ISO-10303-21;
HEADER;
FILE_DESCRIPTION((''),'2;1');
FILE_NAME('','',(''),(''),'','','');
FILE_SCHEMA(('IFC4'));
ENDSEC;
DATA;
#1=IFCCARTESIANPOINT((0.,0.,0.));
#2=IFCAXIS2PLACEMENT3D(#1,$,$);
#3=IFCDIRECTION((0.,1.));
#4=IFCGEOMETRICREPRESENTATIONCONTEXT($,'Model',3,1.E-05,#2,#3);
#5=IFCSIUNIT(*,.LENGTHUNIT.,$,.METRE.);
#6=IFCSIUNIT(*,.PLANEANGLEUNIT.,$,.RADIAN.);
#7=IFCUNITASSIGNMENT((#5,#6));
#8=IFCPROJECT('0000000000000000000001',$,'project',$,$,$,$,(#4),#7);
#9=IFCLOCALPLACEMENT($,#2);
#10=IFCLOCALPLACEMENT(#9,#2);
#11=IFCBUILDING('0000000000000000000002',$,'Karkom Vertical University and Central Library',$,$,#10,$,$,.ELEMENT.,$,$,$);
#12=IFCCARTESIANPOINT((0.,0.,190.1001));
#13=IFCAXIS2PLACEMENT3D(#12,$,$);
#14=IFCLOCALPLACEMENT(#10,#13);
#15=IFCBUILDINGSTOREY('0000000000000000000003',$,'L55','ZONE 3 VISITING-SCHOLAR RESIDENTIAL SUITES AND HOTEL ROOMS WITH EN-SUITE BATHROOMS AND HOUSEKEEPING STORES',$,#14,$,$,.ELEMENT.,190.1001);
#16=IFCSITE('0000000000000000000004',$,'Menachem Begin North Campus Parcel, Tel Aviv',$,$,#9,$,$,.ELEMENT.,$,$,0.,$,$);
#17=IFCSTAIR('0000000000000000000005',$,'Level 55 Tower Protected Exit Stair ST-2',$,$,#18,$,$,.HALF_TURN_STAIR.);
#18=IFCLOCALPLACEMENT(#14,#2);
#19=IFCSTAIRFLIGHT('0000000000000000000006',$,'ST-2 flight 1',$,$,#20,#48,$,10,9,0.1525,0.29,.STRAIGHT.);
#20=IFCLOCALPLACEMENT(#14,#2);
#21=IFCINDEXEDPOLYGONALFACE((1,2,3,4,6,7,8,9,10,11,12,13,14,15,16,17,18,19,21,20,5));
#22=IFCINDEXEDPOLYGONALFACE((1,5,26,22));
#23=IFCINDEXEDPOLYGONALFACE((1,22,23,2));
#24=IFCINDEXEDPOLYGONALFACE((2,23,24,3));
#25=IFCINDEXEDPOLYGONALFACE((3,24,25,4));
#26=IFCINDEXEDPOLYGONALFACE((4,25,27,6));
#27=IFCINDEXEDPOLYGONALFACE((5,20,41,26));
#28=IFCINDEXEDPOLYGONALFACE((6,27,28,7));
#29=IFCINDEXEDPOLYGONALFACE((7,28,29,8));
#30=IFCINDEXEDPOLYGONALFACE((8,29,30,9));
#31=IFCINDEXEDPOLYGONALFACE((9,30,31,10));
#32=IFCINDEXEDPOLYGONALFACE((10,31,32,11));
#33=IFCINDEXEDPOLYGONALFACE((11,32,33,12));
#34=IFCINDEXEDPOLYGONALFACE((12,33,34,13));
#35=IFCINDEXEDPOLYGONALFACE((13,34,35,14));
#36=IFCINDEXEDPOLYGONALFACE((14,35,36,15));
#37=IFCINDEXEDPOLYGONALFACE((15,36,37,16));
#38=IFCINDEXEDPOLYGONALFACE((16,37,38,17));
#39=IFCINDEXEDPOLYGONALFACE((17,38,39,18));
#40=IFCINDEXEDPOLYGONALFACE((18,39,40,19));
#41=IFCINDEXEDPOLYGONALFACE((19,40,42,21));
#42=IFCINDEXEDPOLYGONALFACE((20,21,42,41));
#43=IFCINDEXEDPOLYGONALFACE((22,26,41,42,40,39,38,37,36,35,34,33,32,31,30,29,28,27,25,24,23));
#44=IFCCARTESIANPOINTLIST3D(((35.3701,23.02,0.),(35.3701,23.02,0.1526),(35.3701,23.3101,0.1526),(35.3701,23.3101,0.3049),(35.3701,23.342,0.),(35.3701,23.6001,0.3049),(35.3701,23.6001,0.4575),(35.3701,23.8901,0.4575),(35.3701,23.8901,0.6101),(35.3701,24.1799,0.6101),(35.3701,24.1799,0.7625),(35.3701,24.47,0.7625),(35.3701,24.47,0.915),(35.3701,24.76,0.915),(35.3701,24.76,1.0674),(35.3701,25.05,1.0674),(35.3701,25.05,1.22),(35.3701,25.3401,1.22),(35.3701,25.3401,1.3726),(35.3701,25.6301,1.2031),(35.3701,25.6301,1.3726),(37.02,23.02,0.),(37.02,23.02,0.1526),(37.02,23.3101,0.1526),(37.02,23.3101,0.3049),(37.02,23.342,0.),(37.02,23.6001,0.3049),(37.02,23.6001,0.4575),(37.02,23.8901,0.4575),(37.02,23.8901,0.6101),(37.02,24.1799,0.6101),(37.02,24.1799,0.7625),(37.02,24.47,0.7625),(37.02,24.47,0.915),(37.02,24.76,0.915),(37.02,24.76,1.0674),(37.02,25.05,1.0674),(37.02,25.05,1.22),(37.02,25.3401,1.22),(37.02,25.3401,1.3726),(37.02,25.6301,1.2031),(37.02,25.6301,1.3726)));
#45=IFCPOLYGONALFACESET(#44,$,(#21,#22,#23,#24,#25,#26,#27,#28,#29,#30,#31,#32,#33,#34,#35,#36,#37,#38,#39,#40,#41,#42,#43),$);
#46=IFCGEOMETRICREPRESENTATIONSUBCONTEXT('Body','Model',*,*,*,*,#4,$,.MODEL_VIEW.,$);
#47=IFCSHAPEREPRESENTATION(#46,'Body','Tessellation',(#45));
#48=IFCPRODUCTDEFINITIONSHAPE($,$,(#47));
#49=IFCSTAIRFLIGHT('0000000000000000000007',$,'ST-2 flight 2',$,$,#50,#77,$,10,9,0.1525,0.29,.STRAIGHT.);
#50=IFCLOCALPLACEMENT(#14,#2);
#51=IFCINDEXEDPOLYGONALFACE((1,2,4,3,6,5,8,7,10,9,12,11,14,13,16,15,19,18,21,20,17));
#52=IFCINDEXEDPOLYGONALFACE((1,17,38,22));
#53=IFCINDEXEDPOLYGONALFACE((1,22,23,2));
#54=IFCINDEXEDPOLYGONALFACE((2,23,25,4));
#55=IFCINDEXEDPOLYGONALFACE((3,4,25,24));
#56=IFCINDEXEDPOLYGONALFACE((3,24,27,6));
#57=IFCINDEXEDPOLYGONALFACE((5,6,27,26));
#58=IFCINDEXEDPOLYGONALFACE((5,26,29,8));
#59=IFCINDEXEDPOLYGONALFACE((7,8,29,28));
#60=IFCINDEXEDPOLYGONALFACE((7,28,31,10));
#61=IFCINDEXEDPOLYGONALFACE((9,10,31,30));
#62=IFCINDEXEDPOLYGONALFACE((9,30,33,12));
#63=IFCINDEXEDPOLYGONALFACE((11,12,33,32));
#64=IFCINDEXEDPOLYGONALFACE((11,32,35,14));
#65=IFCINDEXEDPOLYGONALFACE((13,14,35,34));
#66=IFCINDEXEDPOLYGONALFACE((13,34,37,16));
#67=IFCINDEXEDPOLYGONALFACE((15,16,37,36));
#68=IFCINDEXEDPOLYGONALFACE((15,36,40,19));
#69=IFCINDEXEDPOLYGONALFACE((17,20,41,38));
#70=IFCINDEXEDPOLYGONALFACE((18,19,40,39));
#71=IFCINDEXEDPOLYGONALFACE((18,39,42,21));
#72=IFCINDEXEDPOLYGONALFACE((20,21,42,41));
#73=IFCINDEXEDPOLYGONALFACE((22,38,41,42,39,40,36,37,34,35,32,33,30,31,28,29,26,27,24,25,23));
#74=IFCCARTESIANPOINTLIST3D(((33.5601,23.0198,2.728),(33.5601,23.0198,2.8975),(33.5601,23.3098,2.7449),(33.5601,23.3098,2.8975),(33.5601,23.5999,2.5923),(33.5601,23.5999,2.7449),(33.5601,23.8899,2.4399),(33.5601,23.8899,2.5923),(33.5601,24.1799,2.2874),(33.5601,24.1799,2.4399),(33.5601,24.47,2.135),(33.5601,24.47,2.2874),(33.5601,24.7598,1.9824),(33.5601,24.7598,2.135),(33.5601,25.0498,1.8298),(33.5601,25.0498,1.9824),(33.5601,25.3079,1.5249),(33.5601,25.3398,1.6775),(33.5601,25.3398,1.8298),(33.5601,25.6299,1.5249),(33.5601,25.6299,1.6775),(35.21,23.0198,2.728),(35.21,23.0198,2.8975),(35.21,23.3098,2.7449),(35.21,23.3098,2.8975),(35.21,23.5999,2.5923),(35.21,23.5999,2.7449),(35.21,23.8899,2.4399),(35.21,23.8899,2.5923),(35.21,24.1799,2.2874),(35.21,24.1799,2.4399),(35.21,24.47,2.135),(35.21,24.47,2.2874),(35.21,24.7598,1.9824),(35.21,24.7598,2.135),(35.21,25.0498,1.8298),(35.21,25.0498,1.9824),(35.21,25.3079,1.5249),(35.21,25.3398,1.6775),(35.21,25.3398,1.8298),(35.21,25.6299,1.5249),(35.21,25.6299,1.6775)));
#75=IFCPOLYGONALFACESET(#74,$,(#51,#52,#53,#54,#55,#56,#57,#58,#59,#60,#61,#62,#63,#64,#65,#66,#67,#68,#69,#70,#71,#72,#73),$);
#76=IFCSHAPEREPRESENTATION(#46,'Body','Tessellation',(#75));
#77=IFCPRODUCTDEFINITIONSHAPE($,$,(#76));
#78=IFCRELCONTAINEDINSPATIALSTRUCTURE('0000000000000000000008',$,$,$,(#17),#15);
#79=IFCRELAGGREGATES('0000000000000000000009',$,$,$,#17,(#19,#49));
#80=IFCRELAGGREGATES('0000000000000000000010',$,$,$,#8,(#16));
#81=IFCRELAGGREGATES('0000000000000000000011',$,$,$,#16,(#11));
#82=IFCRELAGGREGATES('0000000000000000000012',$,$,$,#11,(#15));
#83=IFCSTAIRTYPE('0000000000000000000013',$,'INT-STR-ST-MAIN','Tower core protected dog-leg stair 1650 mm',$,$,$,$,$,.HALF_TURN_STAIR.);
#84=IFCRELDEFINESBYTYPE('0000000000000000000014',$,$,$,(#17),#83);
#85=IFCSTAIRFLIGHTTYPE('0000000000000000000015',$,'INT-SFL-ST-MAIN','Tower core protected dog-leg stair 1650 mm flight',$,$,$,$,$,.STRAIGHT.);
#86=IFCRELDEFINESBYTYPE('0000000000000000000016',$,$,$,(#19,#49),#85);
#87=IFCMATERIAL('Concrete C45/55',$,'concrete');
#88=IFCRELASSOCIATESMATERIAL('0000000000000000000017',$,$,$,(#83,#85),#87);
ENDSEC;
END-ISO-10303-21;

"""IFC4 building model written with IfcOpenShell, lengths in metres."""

from ifc_helpers import new_model, si_unit, direction, frame, origin, place, context, subcontext, project, spatial, polyline, outline, extrude, material, type_object, element, aggregate, save


model = new_model("IFC4")

# Units and contexts
model_context = context("Model", 3, precision=1e-05, world=origin(), true_north=direction((0.0, 1.0)))
body_context = subcontext(model_context, "Body", "Model", "MODEL_VIEW")
ifc_project = project(units=[si_unit("LENGTHUNIT", "METRE"), si_unit("PLANEANGLEUNIT", "RADIAN")], contexts=[model_context])

# Site, building, storey
site_placement = place(None, origin())
site = spatial("IfcSite", under=ifc_project, at=site_placement, Name="Menachem Begin North Campus Parcel, Tel Aviv", CompositionType="ELEMENT", RefElevation=0.0)
building_placement = place(site_placement, origin())
building = spatial("IfcBuilding", under=site, at=building_placement, Name="Karkom Vertical University and Central Library", CompositionType="ELEMENT")
storey_placement = place(building_placement, frame((0.0, 0.0, 190.1001)))
storey = spatial("IfcBuildingStorey", under=building, at=storey_placement, Name="L55", Description="ZONE 3 VISITING-SCHOLAR RESIDENTIAL SUITES AND HOTEL ROOMS WITH EN-SUITE BATHROOMS AND HOUSEKEEPING STORES", CompositionType="ELEMENT", Elevation=190.1001)

# Shared definitions
ifc_material_1 = material(Name="Concrete C45/55", Category="concrete")

# Stair, stair flights
stair_type = type_object("IfcStairType", Name="INT-STR-ST-MAIN", Description="Tower core protected dog-leg stair 1650 mm", PredefinedType="HALF_TURN_STAIR", material=ifc_material_1)
stair_placement = place(storey_placement, origin())
stair = element("IfcStair", 1, at=stair_placement, inside=storey, type_object=stair_type, Name="Level 55 Tower Protected Exit Stair ST-2", PredefinedType="HALF_TURN_STAIR")
stair_flight_type = type_object("IfcStairFlightType", Name="INT-SFL-ST-MAIN", Description="Tower core protected dog-leg stair 1650 mm flight", PredefinedType="STRAIGHT", material=ifc_material_1)
stair_flight_1_placement = place(storey_placement, frame((36.1951, 23.02, 0.0), z_axis=(0.0, 0.0, 1.0), x_axis=(0.0, 1.0, 0.0)))
stair_flight_1 = element("IfcStairFlight", 2, at=stair_flight_1_placement, type_object=stair_flight_type, Name="ST-2 flight 1", NumberOfRisers=10, NumberOfTreads=9, PredefinedType="STRAIGHT", RiserHeight=0.1525, TreadLength=0.29, context=body_context, shape_type="SweptSolid", body=[
    extrude(outline(polyline([(0.0, 0.0), (0.0, 0.1526), (0.29, 0.1526), (0.29, 0.3049), (0.5801, 0.3049), (0.5801, 0.4575), (0.8701, 0.4575), (0.8701, 0.6101), (1.1599, 0.6101), (1.1599, 0.7625), (1.45, 0.7625), (1.45, 0.915), (1.74, 0.915), (1.74, 1.0674), (2.03, 1.0674), (2.03, 1.22), (2.3201, 1.22), (2.3201, 1.3726), (2.6101, 1.3726), (2.6101, 1.5249), (2.6101, 1.2031), (0.322, 0.0), (0.0, 0.0)])), frame((0.0, 0.825, 0.0), z_axis=(0.0, -1.0, 0.0), x_axis=(1.0, 0.0, 0.0)), (0.0, 0.0, 1.0), 1.6499),
])
stair_flight_2_placement = place(storey_placement, frame((34.385, 25.6299, 1.5249), z_axis=(0.0, 0.0, 1.0), x_axis=(0.0, -1.0, 0.0)))
stair_flight_2 = element("IfcStairFlight", 3, at=stair_flight_2_placement, type_object=stair_flight_type, Name="ST-2 flight 2", NumberOfRisers=10, NumberOfTreads=9, PredefinedType="STRAIGHT", RiserHeight=0.1525, TreadLength=0.29, context=body_context, shape_type="SweptSolid", body=[
    extrude(outline(polyline([(0.0, 0.0), (0.0, 0.1526), (0.29, 0.1526), (0.29, 0.3049), (0.5801, 0.3049), (0.5801, 0.4575), (0.8701, 0.4575), (0.8701, 0.6101), (1.1599, 0.6101), (1.1599, 0.7625), (1.45, 0.7625), (1.45, 0.915), (1.74, 0.915), (1.74, 1.0674), (2.03, 1.0674), (2.03, 1.22), (2.3201, 1.22), (2.3201, 1.3726), (2.6101, 1.3726), (2.6101, 1.5249), (2.6101, 1.2031), (0.322, 0.0), (0.0, 0.0)])), frame((0.0, 0.825, 0.0), z_axis=(0.0, -1.0, 0.0), x_axis=(1.0, 0.0, 0.0)), (0.0, 0.0, 1.0), 1.6499),
])
aggregate(stair, [stair_flight_1, stair_flight_2])

save(model, "model.ifc")
